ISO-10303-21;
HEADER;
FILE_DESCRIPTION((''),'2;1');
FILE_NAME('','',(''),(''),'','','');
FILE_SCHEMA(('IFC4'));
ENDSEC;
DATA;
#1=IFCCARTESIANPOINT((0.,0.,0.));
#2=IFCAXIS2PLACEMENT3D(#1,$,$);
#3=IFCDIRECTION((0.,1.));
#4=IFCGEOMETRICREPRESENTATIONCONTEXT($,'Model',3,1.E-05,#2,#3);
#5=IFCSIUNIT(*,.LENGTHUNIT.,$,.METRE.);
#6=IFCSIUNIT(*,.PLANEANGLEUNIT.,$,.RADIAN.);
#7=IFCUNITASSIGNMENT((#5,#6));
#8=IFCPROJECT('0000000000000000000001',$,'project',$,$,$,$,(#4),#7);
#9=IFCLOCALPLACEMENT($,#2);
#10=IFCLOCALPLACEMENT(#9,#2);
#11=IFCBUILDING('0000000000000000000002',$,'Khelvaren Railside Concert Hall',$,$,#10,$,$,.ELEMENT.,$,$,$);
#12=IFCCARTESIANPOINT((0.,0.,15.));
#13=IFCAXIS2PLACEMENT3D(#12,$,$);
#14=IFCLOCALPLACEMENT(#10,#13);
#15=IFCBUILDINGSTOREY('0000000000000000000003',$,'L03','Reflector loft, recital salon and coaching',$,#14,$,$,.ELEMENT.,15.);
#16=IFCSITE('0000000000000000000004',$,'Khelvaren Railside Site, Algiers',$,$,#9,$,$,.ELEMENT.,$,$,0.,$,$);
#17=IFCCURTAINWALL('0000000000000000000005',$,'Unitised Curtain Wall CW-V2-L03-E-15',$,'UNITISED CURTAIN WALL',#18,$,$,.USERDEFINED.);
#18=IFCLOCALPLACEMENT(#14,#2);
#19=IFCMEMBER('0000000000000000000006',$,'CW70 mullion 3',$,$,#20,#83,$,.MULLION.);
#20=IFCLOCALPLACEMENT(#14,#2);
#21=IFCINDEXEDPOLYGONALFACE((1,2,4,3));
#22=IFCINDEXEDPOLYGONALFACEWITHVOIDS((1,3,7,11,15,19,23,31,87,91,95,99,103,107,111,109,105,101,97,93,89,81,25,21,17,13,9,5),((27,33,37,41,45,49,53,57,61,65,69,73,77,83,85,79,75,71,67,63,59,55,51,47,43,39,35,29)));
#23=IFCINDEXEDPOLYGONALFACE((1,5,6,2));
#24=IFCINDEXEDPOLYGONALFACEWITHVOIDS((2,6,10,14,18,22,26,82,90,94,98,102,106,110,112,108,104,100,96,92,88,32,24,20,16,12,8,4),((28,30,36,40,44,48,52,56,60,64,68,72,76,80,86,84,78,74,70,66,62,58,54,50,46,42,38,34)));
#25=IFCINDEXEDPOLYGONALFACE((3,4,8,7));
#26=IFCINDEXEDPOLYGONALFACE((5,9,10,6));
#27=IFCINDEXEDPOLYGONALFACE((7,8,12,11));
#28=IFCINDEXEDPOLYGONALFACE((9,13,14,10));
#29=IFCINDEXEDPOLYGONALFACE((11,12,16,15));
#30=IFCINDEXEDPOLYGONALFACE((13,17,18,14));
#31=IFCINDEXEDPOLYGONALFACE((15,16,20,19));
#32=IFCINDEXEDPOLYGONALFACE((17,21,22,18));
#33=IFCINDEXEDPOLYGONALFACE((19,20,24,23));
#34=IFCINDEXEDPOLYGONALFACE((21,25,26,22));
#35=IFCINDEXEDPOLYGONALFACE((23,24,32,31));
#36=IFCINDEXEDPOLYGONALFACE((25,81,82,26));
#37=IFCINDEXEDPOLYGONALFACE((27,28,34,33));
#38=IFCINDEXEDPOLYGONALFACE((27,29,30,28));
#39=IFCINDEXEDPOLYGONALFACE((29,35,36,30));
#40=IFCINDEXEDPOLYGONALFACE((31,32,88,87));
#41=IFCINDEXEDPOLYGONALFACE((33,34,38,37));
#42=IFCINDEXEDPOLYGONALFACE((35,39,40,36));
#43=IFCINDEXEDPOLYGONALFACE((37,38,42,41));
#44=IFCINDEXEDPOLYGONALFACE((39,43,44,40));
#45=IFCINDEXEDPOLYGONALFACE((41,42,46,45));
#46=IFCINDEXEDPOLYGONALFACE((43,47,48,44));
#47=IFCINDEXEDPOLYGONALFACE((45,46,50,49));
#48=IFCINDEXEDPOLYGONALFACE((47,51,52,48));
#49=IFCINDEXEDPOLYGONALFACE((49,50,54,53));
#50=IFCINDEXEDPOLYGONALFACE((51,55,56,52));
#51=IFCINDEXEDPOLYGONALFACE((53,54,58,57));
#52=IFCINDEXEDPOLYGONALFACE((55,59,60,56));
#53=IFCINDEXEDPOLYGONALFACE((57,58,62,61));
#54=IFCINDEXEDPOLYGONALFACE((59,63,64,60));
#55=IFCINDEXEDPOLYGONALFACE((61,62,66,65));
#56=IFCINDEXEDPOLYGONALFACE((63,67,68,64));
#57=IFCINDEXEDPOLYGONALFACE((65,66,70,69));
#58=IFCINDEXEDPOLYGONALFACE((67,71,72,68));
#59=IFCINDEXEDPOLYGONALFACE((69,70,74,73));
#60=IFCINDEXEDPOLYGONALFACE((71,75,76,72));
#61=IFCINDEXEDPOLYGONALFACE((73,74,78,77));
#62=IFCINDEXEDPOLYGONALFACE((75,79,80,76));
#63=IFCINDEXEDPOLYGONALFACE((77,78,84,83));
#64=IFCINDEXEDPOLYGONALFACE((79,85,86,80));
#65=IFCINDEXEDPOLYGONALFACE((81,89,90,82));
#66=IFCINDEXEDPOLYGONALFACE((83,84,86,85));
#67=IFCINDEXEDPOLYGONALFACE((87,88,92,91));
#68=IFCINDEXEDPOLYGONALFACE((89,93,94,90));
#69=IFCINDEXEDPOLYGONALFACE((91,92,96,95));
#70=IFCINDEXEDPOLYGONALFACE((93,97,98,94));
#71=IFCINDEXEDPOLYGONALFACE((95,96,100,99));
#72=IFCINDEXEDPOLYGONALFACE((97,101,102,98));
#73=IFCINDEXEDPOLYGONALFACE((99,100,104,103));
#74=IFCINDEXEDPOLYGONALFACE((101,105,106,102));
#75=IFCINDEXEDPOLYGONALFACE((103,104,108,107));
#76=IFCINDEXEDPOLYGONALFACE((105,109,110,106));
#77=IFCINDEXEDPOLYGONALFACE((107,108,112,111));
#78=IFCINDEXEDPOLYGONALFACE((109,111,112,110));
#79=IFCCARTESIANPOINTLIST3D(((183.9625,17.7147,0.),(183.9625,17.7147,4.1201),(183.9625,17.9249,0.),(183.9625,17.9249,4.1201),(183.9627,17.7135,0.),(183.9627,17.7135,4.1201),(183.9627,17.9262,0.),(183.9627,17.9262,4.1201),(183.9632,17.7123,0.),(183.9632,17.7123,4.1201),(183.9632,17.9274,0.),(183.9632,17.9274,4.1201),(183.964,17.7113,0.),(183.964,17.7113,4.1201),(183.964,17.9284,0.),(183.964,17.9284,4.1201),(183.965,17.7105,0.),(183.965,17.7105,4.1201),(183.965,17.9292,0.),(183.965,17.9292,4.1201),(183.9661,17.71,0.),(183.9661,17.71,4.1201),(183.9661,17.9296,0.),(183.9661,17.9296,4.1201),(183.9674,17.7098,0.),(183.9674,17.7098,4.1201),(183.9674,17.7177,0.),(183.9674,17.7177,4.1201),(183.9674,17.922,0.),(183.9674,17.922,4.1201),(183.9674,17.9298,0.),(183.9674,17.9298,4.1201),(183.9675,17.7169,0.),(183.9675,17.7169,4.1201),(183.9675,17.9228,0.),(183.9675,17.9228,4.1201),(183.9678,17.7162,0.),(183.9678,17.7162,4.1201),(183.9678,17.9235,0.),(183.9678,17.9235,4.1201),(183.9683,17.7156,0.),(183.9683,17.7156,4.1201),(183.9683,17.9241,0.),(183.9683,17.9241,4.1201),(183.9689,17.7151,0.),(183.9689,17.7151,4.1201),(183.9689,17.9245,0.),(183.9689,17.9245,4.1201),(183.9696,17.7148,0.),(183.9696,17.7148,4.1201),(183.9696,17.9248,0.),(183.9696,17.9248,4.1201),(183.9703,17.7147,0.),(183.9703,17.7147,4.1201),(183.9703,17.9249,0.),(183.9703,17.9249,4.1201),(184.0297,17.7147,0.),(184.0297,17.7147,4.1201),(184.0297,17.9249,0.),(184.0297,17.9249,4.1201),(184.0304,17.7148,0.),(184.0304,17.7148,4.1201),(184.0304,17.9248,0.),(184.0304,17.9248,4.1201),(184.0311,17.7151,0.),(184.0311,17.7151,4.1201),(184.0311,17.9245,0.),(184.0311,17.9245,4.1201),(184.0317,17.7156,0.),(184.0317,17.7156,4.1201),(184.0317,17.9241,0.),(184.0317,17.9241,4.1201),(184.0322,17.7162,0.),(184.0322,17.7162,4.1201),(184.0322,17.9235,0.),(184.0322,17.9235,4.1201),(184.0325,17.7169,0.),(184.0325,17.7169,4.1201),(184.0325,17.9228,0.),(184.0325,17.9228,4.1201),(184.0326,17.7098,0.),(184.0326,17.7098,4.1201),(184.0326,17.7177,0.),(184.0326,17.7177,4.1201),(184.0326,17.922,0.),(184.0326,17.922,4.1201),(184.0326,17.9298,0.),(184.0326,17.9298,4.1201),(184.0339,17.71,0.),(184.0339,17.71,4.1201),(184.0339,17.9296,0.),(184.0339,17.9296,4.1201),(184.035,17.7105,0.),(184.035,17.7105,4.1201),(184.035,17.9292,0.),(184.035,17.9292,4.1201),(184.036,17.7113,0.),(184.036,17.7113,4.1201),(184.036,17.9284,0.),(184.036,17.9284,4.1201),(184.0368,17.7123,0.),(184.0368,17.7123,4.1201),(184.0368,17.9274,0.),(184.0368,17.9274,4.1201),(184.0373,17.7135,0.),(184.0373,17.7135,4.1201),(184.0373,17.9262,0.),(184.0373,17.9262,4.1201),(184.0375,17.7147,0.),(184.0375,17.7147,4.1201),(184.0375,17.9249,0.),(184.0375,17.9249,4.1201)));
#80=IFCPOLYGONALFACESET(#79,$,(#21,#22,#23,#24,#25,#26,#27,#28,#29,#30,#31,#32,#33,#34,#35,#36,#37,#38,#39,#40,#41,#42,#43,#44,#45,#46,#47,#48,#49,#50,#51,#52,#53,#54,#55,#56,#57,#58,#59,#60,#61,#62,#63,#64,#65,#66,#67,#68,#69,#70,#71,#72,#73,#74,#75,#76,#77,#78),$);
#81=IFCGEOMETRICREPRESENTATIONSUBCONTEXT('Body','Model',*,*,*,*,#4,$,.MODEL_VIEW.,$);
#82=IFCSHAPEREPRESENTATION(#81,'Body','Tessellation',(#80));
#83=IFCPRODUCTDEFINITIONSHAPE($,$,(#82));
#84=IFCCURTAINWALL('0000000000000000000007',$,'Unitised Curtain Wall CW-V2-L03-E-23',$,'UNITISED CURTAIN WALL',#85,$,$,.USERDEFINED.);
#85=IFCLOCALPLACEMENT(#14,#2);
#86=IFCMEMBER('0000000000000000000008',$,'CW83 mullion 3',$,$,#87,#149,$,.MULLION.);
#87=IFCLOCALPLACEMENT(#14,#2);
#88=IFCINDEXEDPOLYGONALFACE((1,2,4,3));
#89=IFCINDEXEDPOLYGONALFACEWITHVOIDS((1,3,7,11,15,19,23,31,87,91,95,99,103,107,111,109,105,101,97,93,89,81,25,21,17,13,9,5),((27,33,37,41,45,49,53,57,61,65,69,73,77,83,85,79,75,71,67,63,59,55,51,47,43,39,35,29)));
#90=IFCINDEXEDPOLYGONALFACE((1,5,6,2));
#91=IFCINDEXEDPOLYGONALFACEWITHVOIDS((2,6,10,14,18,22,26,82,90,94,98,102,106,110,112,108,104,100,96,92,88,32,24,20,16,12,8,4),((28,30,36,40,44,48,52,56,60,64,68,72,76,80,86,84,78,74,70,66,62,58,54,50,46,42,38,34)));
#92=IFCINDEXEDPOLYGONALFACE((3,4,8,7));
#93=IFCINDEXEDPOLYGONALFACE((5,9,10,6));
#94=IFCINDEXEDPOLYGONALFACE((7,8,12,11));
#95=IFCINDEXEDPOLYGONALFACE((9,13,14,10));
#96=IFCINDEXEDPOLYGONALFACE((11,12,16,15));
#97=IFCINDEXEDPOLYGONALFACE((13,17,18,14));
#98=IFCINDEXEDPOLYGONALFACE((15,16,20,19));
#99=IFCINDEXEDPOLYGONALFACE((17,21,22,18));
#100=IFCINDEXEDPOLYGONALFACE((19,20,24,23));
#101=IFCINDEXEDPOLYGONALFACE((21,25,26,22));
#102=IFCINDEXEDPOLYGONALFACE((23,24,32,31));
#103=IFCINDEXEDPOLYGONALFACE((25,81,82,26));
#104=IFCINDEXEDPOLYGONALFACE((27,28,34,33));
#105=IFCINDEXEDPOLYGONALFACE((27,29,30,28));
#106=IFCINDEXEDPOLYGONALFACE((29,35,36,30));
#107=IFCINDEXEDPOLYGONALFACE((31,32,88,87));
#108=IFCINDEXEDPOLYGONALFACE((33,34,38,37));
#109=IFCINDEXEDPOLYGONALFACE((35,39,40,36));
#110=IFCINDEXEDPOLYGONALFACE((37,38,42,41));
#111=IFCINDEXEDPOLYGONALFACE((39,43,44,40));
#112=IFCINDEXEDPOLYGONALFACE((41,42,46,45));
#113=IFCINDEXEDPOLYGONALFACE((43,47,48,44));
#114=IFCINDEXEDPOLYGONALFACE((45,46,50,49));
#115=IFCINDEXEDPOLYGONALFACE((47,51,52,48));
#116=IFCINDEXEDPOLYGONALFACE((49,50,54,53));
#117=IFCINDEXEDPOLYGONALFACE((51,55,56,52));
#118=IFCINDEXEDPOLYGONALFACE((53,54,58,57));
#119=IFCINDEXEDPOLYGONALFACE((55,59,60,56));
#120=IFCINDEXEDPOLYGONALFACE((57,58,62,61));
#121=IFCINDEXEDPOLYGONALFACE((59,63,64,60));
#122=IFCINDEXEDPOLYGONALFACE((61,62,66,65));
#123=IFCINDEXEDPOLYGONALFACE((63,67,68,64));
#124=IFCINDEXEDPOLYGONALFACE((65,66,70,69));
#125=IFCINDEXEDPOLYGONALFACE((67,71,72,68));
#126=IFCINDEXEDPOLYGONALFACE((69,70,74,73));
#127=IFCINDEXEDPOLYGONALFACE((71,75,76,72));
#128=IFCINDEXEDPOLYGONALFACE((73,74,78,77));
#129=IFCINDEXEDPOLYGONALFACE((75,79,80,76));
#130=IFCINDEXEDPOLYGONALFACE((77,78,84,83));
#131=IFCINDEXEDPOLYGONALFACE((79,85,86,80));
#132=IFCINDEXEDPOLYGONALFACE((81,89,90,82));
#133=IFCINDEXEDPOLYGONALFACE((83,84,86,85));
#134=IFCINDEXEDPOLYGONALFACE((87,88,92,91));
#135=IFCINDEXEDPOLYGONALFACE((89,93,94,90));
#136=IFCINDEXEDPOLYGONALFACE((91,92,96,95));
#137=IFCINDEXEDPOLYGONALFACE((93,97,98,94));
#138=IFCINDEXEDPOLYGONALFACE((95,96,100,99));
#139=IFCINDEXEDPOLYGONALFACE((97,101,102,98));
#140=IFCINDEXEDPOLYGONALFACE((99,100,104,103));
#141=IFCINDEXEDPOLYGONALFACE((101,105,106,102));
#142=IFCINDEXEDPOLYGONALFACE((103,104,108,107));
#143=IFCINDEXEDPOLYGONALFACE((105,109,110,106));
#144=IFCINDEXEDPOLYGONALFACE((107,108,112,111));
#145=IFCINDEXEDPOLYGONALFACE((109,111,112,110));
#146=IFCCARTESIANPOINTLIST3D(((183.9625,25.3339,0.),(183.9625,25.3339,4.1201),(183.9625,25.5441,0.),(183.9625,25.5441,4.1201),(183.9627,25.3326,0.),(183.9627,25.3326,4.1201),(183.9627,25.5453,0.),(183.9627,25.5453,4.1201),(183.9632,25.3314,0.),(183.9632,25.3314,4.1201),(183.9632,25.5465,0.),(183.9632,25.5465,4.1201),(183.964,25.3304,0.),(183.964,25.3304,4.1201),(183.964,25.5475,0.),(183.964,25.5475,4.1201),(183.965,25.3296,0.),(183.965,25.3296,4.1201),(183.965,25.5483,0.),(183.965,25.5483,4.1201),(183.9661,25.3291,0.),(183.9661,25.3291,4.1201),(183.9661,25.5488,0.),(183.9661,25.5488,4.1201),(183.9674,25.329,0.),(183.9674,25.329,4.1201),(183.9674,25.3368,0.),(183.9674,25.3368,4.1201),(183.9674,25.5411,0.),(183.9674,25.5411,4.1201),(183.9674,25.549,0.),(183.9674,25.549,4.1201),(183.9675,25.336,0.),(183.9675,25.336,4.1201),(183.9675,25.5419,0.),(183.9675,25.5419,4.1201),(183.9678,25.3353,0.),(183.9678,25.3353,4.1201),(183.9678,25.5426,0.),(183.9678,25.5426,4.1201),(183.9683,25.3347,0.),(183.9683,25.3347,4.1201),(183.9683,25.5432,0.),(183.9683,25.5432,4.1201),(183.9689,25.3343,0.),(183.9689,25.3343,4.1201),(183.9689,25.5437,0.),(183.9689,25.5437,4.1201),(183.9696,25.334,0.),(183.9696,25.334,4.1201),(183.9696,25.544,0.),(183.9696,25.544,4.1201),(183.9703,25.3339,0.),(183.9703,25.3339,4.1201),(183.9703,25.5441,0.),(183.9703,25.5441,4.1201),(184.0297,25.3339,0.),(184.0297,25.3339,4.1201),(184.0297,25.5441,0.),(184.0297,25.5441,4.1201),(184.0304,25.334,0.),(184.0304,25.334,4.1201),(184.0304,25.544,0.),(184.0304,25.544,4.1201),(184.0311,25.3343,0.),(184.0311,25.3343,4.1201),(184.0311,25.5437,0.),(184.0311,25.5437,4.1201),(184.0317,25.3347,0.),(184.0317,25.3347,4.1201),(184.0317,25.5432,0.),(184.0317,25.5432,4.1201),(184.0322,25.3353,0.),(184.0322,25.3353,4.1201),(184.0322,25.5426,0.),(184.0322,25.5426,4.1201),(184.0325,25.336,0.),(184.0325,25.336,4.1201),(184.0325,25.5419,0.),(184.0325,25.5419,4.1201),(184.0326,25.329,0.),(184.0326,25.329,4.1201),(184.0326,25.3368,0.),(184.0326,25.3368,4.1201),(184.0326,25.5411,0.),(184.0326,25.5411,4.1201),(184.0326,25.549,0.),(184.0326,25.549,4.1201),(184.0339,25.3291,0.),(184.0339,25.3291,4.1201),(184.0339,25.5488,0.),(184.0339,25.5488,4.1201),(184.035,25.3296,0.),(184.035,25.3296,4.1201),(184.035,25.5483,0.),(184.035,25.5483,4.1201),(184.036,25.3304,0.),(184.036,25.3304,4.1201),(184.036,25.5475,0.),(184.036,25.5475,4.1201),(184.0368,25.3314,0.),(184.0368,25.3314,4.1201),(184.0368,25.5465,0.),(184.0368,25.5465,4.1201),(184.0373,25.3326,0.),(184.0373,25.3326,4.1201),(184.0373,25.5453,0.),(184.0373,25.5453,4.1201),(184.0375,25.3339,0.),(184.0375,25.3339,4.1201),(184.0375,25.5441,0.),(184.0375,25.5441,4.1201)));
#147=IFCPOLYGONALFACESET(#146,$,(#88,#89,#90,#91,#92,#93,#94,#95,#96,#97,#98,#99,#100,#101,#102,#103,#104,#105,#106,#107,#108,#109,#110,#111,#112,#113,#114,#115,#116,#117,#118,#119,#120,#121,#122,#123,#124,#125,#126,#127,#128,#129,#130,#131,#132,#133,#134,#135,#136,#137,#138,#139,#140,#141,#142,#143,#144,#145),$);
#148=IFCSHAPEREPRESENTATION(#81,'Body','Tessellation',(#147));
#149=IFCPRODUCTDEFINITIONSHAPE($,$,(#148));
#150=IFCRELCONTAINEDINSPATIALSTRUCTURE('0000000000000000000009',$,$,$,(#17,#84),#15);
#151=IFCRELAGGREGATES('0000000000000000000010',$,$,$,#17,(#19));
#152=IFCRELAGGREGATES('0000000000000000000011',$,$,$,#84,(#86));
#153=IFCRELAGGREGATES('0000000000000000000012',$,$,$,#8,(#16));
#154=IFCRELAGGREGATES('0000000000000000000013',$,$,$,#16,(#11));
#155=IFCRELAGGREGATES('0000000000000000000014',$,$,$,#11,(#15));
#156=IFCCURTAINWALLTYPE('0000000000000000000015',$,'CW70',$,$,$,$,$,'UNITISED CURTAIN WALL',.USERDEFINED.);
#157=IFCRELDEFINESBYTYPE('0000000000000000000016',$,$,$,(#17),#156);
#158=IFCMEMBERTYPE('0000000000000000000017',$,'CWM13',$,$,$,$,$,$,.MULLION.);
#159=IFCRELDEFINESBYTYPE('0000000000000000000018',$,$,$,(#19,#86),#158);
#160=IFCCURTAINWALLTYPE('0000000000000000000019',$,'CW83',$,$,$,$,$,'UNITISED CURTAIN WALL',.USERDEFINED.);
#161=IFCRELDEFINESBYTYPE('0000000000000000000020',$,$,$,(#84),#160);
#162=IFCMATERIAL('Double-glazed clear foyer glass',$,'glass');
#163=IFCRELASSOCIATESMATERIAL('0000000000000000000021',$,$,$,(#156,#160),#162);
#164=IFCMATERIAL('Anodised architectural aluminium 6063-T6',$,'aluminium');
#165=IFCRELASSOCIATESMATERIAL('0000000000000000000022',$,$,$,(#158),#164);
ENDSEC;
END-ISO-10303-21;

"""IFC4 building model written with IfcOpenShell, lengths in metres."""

from ifc_helpers import new_model, si_unit, direction, frame, origin, origin_2d, place, context, subcontext, project, spatial, hollow_rectangle, extrude, material, material_profile, profile_set, type_object, element, aggregate, save


model = new_model("IFC4")

# Units and contexts
model_context = context("Model", 3, precision=1e-05, world=origin(), true_north=direction((0.0, 1.0)))
body_context = subcontext(model_context, "Body", "Model", "MODEL_VIEW")
ifc_project = project(units=[si_unit("LENGTHUNIT", "METRE"), si_unit("PLANEANGLEUNIT", "RADIAN")], contexts=[model_context])

# Site, building, storey
site_placement = place(None, origin())
site = spatial("IfcSite", under=ifc_project, at=site_placement, Name="Khelvaren Railside Site, Algiers", CompositionType="ELEMENT", RefElevation=0.0)
building_placement = place(site_placement, origin())
building = spatial("IfcBuilding", under=site, at=building_placement, Name="Khelvaren Railside Concert Hall", CompositionType="ELEMENT")
storey_placement = place(building_placement, frame((0.0, 0.0, 15.0)))
storey = spatial("IfcBuildingStorey", under=building, at=storey_placement, Name="L03", Description="Reflector loft, recital salon and coaching", CompositionType="ELEMENT", Elevation=15.0)

# Curtain walls, members
ifc_material_1 = material(Name="Double-glazed clear foyer glass", Category="glass")
curtain_wall_type_1 = type_object("IfcCurtainWallType", Name="CW70", ElementType="UNITISED CURTAIN WALL", PredefinedType="USERDEFINED", material=ifc_material_1)
curtain_wall_1_placement = place(storey_placement, origin())
curtain_wall_1 = element("IfcCurtainWall", 1, at=curtain_wall_1_placement, inside=storey, type_object=curtain_wall_type_1, Name="Unitised Curtain Wall CW-V2-L03-E-15", ObjectType="UNITISED CURTAIN WALL", PredefinedType="USERDEFINED")
ifc_material_2 = material(Name="Anodised architectural aluminium 6063-T6", Category="aluminium")
ifc_material_profile_1 = material_profile(ifc_material_2, hollow_rectangle(XDim=0.075, YDim=0.22, WallThickness=0.0049, InnerFilletRadius=0.0029, OuterFilletRadius=0.0049, at=origin_2d()), Name="CWM 75x220x5")
ifc_profile_set_1 = profile_set([ifc_material_profile_1], Name="Anodised architectural aluminium 6063-T6")
member_type_1 = type_object("IfcMemberType", Name="CWM13", PredefinedType="MULLION", material=ifc_profile_set_1)
member_1_placement = place(storey_placement, frame((184.0, 17.8198, 0.0), z_axis=(0.0, 0.0, 1.0), x_axis=(1.0, 0.0, 0.0)))
member_1 = element("IfcMember", 2, at=member_1_placement, type_object=member_type_1, Name="CW70 mullion 3", PredefinedType="MULLION", context=body_context, shape_type="SweptSolid", body=[
    extrude(hollow_rectangle(XDim=0.075, YDim=0.22, WallThickness=0.0049, InnerFilletRadius=0.0029, OuterFilletRadius=0.0049, at=origin_2d()), origin(), (0.0, 0.0, 1.0), 4.1201),
])
curtain_wall_type_2 = type_object("IfcCurtainWallType", Name="CW83", ElementType="UNITISED CURTAIN WALL", PredefinedType="USERDEFINED", material=ifc_material_1)
curtain_wall_2_placement = place(storey_placement, origin())
curtain_wall_2 = element("IfcCurtainWall", 3, at=curtain_wall_2_placement, inside=storey, type_object=curtain_wall_type_2, Name="Unitised Curtain Wall CW-V2-L03-E-23", ObjectType="UNITISED CURTAIN WALL", PredefinedType="USERDEFINED")
member_2_placement = place(storey_placement, frame((184.0, 25.439, 0.0), z_axis=(0.0, 0.0, 1.0), x_axis=(1.0, 0.0, 0.0)))
member_2 = element("IfcMember", 4, at=member_2_placement, type_object=member_type_1, Name="CW83 mullion 3", PredefinedType="MULLION", context=body_context, shape_type="SweptSolid", body=[
    extrude(hollow_rectangle(XDim=0.075, YDim=0.22, WallThickness=0.0049, InnerFilletRadius=0.0029, OuterFilletRadius=0.0049, at=origin_2d()), origin(), (0.0, 0.0, 1.0), 4.1201),
])

aggregate(curtain_wall_1, [member_1])
aggregate(curtain_wall_2, [member_2])

save(model, "model.ifc")
